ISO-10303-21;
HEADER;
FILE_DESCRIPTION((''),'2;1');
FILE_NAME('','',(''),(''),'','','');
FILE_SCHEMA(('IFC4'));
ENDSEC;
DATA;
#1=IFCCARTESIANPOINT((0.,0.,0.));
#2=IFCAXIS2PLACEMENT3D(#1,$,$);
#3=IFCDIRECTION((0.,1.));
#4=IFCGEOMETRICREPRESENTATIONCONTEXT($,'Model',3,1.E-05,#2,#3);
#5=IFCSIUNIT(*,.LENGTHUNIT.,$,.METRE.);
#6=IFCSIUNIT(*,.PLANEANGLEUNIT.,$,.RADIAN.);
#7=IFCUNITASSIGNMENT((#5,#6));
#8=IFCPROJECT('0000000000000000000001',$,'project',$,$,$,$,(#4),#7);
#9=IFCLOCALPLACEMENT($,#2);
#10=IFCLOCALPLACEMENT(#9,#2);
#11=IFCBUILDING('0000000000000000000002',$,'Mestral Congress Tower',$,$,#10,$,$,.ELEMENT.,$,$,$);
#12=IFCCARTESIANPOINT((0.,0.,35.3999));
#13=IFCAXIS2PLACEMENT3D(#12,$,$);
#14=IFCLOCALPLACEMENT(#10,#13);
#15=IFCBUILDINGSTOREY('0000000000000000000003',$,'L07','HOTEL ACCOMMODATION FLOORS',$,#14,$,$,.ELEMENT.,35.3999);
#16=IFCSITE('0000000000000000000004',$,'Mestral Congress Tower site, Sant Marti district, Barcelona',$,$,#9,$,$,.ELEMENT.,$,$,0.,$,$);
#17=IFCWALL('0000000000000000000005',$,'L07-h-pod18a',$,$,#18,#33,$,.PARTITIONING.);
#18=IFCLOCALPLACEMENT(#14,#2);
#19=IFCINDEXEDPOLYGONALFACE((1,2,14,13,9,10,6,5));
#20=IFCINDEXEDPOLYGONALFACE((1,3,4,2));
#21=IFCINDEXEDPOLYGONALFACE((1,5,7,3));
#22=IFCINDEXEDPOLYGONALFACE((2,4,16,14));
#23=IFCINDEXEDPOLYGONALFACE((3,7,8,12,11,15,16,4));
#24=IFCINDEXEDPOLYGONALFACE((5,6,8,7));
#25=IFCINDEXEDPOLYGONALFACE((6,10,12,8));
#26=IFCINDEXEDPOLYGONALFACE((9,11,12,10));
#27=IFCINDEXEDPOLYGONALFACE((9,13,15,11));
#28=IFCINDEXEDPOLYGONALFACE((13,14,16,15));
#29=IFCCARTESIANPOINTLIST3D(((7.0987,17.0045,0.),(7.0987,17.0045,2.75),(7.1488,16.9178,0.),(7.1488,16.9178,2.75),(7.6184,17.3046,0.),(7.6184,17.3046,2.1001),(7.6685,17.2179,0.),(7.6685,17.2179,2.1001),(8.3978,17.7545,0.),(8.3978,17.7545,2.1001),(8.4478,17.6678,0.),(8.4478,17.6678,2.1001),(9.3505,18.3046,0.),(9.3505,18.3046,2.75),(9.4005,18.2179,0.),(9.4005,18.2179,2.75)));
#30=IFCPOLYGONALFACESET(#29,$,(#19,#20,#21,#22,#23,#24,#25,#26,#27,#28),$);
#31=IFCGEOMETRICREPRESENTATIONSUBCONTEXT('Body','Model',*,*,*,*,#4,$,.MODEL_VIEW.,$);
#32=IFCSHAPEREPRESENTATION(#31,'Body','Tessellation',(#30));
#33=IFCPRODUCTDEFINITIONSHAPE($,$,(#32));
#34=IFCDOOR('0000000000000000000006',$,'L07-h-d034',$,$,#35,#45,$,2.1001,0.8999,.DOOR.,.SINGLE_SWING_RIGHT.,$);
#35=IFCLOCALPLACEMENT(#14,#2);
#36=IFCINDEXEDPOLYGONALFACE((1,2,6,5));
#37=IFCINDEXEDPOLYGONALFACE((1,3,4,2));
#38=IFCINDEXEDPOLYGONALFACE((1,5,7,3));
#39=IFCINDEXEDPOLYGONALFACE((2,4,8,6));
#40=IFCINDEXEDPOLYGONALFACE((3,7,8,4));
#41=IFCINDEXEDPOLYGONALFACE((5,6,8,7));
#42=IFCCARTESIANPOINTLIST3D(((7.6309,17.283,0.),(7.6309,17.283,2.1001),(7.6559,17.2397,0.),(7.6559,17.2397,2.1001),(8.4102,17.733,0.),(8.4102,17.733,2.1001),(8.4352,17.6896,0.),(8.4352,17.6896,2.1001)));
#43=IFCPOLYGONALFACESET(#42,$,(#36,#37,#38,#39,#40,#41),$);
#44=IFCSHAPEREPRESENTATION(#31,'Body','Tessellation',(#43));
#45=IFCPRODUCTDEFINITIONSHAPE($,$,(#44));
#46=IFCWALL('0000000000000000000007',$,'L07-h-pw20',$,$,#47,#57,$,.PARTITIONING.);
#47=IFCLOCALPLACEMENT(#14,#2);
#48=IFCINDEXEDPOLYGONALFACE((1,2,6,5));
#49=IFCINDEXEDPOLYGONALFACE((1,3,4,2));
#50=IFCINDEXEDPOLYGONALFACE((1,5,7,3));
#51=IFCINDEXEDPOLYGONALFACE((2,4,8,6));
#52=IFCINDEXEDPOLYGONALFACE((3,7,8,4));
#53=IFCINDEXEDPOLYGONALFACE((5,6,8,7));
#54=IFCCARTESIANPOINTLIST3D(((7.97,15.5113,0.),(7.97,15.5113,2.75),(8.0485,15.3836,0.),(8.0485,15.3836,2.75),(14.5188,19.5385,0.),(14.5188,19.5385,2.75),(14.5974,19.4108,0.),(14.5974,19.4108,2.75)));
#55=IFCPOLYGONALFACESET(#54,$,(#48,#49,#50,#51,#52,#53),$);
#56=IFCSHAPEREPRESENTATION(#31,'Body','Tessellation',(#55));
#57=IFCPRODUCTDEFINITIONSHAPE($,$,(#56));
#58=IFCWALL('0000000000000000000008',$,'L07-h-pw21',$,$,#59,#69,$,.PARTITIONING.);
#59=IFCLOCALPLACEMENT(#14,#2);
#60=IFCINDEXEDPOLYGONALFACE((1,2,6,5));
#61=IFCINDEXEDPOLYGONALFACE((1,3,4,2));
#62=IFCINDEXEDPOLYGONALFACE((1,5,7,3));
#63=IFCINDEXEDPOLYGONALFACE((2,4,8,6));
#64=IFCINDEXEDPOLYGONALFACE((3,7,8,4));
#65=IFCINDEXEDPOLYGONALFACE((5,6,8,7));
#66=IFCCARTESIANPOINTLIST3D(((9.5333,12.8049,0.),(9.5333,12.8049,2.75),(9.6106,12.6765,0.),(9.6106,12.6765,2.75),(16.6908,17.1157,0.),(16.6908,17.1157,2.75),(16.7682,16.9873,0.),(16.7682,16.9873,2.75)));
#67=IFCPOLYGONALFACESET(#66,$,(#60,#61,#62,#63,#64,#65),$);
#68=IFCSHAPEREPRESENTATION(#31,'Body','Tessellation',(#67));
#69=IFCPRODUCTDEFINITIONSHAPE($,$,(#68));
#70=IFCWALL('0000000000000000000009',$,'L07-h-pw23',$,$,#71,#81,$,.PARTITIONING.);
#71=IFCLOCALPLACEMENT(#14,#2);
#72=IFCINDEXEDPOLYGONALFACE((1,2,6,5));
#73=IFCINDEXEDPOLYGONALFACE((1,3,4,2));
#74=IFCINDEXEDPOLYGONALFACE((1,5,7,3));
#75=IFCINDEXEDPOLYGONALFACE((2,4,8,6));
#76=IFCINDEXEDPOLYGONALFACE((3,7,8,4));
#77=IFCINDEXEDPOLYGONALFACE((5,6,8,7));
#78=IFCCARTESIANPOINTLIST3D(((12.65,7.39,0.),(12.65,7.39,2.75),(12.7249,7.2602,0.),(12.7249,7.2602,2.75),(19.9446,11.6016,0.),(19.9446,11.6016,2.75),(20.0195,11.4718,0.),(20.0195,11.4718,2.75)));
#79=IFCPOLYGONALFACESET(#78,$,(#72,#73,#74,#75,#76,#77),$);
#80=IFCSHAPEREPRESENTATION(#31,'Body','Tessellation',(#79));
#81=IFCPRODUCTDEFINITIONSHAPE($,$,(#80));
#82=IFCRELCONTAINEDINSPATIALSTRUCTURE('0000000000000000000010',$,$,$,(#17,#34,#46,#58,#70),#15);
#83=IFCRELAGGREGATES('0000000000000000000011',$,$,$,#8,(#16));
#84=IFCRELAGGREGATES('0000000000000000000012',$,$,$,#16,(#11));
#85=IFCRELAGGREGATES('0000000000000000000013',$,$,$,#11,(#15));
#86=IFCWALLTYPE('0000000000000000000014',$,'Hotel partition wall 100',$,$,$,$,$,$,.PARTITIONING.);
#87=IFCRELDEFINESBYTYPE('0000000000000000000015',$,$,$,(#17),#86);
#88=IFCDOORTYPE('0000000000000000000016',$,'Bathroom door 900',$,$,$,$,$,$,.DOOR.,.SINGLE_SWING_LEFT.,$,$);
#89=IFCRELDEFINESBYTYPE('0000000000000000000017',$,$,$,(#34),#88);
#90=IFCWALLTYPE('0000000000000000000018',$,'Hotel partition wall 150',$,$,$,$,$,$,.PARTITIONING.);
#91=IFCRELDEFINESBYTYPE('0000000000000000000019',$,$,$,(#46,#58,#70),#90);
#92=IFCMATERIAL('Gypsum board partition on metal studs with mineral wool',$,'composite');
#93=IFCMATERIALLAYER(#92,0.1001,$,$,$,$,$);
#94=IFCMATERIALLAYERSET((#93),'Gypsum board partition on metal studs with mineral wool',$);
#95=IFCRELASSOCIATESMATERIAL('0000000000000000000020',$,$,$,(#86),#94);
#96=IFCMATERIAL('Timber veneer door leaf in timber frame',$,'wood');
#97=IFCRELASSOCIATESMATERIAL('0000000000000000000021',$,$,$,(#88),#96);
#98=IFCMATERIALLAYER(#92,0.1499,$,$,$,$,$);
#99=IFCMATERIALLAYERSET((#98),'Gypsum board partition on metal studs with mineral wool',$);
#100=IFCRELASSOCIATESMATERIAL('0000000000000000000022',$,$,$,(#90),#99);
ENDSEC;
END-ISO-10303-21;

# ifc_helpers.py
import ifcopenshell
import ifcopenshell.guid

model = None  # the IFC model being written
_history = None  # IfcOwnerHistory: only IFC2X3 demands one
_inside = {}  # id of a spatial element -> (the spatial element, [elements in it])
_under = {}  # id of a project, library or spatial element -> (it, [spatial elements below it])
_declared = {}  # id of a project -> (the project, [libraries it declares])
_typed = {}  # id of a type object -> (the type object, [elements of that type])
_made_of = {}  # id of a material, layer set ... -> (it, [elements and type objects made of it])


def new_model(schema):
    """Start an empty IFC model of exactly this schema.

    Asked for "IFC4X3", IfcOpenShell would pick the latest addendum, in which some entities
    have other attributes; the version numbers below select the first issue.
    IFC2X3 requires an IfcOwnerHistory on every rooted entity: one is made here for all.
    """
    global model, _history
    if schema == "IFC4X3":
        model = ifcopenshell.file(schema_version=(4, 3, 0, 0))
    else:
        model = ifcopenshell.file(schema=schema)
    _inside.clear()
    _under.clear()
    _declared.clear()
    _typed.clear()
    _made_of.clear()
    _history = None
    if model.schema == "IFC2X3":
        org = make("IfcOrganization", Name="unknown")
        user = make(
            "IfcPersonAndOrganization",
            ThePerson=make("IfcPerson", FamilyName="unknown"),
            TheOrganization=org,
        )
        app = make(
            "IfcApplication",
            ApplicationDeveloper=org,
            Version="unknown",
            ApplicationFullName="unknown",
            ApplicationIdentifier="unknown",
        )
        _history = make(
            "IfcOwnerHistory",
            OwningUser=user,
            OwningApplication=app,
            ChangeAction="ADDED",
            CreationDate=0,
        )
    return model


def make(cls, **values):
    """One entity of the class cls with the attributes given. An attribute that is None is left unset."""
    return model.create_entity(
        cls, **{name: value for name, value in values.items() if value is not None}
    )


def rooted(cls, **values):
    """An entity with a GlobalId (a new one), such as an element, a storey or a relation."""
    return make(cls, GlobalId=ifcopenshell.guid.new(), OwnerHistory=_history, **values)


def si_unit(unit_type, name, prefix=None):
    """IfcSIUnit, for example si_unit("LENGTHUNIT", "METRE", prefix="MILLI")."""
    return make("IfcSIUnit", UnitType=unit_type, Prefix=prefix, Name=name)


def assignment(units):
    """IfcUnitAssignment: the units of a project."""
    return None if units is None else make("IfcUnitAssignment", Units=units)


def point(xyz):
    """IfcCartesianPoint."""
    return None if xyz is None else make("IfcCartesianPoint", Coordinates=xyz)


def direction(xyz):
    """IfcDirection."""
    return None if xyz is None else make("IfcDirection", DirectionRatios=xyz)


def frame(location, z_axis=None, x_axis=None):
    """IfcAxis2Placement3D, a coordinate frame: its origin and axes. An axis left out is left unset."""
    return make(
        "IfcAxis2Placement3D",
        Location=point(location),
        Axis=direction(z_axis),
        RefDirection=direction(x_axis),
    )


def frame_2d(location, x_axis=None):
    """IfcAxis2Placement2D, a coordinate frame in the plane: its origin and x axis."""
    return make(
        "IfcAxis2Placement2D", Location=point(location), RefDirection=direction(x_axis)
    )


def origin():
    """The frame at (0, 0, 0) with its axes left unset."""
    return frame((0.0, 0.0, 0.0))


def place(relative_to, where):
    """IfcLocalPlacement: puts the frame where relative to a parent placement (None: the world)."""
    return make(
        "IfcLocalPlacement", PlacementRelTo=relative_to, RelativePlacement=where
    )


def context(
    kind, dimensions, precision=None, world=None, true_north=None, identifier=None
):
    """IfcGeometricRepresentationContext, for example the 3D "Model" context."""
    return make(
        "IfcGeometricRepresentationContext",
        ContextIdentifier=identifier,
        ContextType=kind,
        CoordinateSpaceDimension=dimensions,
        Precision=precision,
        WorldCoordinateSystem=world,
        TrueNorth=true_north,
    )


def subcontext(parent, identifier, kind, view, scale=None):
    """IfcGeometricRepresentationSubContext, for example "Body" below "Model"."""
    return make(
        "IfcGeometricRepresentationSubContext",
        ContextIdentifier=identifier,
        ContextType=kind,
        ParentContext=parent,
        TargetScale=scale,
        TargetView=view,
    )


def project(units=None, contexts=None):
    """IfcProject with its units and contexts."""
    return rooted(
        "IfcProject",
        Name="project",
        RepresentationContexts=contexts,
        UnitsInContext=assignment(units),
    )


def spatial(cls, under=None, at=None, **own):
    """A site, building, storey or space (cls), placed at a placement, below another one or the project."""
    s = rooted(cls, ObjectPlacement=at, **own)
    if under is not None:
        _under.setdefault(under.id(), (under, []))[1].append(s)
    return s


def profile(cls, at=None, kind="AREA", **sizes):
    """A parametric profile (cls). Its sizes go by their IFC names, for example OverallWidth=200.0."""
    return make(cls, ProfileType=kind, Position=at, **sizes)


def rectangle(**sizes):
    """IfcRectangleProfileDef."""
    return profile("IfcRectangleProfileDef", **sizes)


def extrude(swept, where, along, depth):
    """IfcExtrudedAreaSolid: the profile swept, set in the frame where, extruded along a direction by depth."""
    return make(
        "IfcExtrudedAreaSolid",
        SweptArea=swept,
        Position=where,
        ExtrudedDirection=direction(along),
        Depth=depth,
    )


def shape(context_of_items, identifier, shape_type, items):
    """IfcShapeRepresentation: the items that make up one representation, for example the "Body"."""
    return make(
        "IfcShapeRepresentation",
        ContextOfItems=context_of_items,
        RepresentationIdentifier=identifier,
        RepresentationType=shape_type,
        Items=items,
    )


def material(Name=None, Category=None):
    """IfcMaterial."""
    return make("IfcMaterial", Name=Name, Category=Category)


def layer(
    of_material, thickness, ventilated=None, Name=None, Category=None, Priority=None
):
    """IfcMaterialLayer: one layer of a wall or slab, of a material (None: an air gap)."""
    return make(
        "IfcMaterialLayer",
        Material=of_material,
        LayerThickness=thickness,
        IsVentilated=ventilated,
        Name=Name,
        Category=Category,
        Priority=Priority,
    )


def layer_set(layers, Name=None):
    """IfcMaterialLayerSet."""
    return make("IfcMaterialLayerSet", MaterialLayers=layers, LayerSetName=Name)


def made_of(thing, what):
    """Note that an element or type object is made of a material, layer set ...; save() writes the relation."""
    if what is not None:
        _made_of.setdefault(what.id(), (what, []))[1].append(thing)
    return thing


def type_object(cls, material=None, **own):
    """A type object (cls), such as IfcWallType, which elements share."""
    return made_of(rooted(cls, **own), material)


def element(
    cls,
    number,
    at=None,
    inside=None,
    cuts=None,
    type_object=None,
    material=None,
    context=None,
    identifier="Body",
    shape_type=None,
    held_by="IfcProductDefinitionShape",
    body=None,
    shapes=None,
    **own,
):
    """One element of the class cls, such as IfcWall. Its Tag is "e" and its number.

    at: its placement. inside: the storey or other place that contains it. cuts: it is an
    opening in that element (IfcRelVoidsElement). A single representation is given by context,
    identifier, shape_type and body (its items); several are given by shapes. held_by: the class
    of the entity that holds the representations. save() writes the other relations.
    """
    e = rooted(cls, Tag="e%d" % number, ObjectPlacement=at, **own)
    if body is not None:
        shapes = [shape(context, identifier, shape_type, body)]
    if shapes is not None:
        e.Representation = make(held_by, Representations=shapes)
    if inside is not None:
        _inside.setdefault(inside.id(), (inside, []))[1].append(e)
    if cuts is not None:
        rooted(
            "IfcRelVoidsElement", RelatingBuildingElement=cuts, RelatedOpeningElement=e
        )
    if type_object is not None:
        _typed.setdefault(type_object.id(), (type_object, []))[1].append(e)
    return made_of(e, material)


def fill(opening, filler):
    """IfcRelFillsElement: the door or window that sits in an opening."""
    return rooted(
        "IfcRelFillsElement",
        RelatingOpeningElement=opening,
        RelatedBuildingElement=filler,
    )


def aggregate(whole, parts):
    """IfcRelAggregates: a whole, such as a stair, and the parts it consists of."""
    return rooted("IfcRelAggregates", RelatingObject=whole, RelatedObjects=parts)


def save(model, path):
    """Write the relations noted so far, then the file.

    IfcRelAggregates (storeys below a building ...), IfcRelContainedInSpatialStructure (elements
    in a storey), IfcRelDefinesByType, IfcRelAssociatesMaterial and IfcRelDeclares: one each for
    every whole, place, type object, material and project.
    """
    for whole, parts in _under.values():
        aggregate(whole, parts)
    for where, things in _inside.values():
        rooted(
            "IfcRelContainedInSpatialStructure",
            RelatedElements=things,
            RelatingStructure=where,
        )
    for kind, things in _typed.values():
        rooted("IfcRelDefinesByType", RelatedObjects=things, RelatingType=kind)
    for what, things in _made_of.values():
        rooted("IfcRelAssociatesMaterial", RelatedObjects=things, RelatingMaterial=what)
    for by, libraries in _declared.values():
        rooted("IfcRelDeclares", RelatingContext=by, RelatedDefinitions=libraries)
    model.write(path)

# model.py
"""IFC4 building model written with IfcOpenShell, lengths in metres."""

from ifc_helpers import new_model, si_unit, direction, frame, frame_2d, origin, place, context, subcontext, project, spatial, rectangle, extrude, material, layer, layer_set, type_object, element, fill, save


model = new_model("IFC4")

# Units and contexts
model_context = context("Model", 3, precision=1e-05, world=origin(), true_north=direction((0.0, 1.0)))
body_context = subcontext(model_context, "Body", "Model", "MODEL_VIEW")
ifc_project = project(units=[si_unit("LENGTHUNIT", "METRE"), si_unit("PLANEANGLEUNIT", "RADIAN")], contexts=[model_context])

# Site, building, storey
site_placement = place(None, origin())
site = spatial("IfcSite", under=ifc_project, at=site_placement, Name="Mestral Congress Tower site, Sant Marti district, Barcelona", CompositionType="ELEMENT", RefElevation=0.0)
building_placement = place(site_placement, origin())
building = spatial("IfcBuilding", under=site, at=building_placement, Name="Mestral Congress Tower", CompositionType="ELEMENT")
storey_placement = place(building_placement, frame((0.0, 0.0, 35.3999)))
storey = spatial("IfcBuildingStorey", under=building, at=storey_placement, Name="L07", Description="HOTEL ACCOMMODATION FLOORS", CompositionType="ELEMENT", Elevation=35.3999)

# Shared definitions
ifc_material_1 = material(Name="Gypsum board partition on metal studs with mineral wool", Category="composite")
ifc_layer_1 = layer(ifc_material_1, 0.1001)
ifc_layer_set_1 = layer_set([ifc_layer_1], Name="Gypsum board partition on metal studs with mineral wool")
wall_type_1 = type_object("IfcWallType", Name="Hotel partition wall 100", PredefinedType="PARTITIONING", material=ifc_layer_set_1)
ifc_material_2 = material(Name="Timber veneer door leaf in timber frame", Category="wood")

# Wall, opening, door
wall_1_placement = place(storey_placement, frame((9.3755, 18.2612, 0.0), z_axis=(0.0, 0.0, 1.0), x_axis=(-0.866021, -0.500007, 0.0)))
wall_1 = element("IfcWall", 1, at=wall_1_placement, inside=storey, type_object=wall_type_1, Name="L07-h-pod18a", PredefinedType="PARTITIONING", context=body_context, shape_type="SweptSolid", body=[
    extrude(rectangle(XDim=2.6001, YDim=0.1001, at=frame_2d((1.3, 0.0))), origin(), (0.0, 0.0, 1.0), 2.75),
])
opening_1_placement = place(wall_1_placement, frame((1.1001, 0.0, 0.0)))
opening_1 = element("IfcOpeningElement", 2, at=opening_1_placement, cuts=wall_1, PredefinedType="OPENING", context=body_context, shape_type="SweptSolid", body=[
    extrude(rectangle(XDim=0.8999, YDim=2.1001, at=frame_2d((0.45, 1.05))), frame((0.0, 0.0601, 0.0), z_axis=(0.0, -1.0, 0.0), x_axis=(1.0, 0.0, 0.0)), (0.0, 0.0, 1.0), 0.1201),
])
door_type_1 = type_object("IfcDoorType", Name="Bathroom door 900", OperationType="SINGLE_SWING_LEFT", PredefinedType="DOOR", material=ifc_material_2)
door_1_placement = place(opening_1_placement, origin())
door_1 = element("IfcDoor", 3, at=door_1_placement, inside=storey, type_object=door_type_1, Name="L07-h-d034", OperationType="SINGLE_SWING_RIGHT", OverallHeight=2.1001, OverallWidth=0.8999, PredefinedType="DOOR", context=body_context, shape_type="SweptSolid", body=[
    extrude(rectangle(XDim=0.8999, YDim=2.1001, at=frame_2d((0.45, 1.05))), frame((0.0, 0.0249, 0.0), z_axis=(0.0, -1.0, 0.0), x_axis=(1.0, 0.0, 0.0)), (0.0, 0.0, 1.0), 0.05),
])
fill(opening_1, door_1)

# Walls
ifc_layer_2 = layer(ifc_material_1, 0.1499)
ifc_layer_set_2 = layer_set([ifc_layer_2], Name="Gypsum board partition on metal studs with mineral wool")
wall_type_2 = type_object("IfcWallType", Name="Hotel partition wall 150", PredefinedType="PARTITIONING", material=ifc_layer_set_2)
wall_2_placement = place(storey_placement, frame((14.5581, 19.4746, 0.0), z_axis=(0.0, 0.0, 1.0), x_axis=(-0.851829, -0.523819, 0.0)))
element("IfcWall", 4, at=wall_2_placement, inside=storey, type_object=wall_type_2, Name="L07-h-pw20", PredefinedType="PARTITIONING", context=body_context, shape_type="SweptSolid", body=[
    extrude(rectangle(XDim=7.688, YDim=0.1499, at=frame_2d((3.844, 0.0))), origin(), (0.0, 0.0, 1.0), 2.75),
])
wall_3_placement = place(storey_placement, frame((16.7295, 17.0515, 0.0), z_axis=(0.0, 0.0, 1.0), x_axis=(-0.856631, -0.51593, 0.0)))
element("IfcWall", 5, at=wall_3_placement, inside=storey, type_object=wall_type_2, Name="L07-h-pw21", PredefinedType="PARTITIONING", context=body_context, shape_type="SweptSolid", body=[
    extrude(rectangle(XDim=8.3555, YDim=0.1499, at=frame_2d((4.1777, 0.0))), origin(), (0.0, 0.0, 1.0), 2.75),
])
wall_4_placement = place(storey_placement, frame((19.9819, 11.5366, 0.0), z_axis=(0.0, 0.0, 1.0), x_axis=(-0.866021, -0.500008, 0.0)))
element("IfcWall", 6, at=wall_4_placement, inside=storey, type_object=wall_type_2, Name="L07-h-pw23", PredefinedType="PARTITIONING", context=body_context, shape_type="SweptSolid", body=[
    extrude(rectangle(XDim=8.4231, YDim=0.1499, at=frame_2d((4.2114, 0.0))), origin(), (0.0, 0.0, 1.0), 2.75),
])

save(model, "model.ifc")
